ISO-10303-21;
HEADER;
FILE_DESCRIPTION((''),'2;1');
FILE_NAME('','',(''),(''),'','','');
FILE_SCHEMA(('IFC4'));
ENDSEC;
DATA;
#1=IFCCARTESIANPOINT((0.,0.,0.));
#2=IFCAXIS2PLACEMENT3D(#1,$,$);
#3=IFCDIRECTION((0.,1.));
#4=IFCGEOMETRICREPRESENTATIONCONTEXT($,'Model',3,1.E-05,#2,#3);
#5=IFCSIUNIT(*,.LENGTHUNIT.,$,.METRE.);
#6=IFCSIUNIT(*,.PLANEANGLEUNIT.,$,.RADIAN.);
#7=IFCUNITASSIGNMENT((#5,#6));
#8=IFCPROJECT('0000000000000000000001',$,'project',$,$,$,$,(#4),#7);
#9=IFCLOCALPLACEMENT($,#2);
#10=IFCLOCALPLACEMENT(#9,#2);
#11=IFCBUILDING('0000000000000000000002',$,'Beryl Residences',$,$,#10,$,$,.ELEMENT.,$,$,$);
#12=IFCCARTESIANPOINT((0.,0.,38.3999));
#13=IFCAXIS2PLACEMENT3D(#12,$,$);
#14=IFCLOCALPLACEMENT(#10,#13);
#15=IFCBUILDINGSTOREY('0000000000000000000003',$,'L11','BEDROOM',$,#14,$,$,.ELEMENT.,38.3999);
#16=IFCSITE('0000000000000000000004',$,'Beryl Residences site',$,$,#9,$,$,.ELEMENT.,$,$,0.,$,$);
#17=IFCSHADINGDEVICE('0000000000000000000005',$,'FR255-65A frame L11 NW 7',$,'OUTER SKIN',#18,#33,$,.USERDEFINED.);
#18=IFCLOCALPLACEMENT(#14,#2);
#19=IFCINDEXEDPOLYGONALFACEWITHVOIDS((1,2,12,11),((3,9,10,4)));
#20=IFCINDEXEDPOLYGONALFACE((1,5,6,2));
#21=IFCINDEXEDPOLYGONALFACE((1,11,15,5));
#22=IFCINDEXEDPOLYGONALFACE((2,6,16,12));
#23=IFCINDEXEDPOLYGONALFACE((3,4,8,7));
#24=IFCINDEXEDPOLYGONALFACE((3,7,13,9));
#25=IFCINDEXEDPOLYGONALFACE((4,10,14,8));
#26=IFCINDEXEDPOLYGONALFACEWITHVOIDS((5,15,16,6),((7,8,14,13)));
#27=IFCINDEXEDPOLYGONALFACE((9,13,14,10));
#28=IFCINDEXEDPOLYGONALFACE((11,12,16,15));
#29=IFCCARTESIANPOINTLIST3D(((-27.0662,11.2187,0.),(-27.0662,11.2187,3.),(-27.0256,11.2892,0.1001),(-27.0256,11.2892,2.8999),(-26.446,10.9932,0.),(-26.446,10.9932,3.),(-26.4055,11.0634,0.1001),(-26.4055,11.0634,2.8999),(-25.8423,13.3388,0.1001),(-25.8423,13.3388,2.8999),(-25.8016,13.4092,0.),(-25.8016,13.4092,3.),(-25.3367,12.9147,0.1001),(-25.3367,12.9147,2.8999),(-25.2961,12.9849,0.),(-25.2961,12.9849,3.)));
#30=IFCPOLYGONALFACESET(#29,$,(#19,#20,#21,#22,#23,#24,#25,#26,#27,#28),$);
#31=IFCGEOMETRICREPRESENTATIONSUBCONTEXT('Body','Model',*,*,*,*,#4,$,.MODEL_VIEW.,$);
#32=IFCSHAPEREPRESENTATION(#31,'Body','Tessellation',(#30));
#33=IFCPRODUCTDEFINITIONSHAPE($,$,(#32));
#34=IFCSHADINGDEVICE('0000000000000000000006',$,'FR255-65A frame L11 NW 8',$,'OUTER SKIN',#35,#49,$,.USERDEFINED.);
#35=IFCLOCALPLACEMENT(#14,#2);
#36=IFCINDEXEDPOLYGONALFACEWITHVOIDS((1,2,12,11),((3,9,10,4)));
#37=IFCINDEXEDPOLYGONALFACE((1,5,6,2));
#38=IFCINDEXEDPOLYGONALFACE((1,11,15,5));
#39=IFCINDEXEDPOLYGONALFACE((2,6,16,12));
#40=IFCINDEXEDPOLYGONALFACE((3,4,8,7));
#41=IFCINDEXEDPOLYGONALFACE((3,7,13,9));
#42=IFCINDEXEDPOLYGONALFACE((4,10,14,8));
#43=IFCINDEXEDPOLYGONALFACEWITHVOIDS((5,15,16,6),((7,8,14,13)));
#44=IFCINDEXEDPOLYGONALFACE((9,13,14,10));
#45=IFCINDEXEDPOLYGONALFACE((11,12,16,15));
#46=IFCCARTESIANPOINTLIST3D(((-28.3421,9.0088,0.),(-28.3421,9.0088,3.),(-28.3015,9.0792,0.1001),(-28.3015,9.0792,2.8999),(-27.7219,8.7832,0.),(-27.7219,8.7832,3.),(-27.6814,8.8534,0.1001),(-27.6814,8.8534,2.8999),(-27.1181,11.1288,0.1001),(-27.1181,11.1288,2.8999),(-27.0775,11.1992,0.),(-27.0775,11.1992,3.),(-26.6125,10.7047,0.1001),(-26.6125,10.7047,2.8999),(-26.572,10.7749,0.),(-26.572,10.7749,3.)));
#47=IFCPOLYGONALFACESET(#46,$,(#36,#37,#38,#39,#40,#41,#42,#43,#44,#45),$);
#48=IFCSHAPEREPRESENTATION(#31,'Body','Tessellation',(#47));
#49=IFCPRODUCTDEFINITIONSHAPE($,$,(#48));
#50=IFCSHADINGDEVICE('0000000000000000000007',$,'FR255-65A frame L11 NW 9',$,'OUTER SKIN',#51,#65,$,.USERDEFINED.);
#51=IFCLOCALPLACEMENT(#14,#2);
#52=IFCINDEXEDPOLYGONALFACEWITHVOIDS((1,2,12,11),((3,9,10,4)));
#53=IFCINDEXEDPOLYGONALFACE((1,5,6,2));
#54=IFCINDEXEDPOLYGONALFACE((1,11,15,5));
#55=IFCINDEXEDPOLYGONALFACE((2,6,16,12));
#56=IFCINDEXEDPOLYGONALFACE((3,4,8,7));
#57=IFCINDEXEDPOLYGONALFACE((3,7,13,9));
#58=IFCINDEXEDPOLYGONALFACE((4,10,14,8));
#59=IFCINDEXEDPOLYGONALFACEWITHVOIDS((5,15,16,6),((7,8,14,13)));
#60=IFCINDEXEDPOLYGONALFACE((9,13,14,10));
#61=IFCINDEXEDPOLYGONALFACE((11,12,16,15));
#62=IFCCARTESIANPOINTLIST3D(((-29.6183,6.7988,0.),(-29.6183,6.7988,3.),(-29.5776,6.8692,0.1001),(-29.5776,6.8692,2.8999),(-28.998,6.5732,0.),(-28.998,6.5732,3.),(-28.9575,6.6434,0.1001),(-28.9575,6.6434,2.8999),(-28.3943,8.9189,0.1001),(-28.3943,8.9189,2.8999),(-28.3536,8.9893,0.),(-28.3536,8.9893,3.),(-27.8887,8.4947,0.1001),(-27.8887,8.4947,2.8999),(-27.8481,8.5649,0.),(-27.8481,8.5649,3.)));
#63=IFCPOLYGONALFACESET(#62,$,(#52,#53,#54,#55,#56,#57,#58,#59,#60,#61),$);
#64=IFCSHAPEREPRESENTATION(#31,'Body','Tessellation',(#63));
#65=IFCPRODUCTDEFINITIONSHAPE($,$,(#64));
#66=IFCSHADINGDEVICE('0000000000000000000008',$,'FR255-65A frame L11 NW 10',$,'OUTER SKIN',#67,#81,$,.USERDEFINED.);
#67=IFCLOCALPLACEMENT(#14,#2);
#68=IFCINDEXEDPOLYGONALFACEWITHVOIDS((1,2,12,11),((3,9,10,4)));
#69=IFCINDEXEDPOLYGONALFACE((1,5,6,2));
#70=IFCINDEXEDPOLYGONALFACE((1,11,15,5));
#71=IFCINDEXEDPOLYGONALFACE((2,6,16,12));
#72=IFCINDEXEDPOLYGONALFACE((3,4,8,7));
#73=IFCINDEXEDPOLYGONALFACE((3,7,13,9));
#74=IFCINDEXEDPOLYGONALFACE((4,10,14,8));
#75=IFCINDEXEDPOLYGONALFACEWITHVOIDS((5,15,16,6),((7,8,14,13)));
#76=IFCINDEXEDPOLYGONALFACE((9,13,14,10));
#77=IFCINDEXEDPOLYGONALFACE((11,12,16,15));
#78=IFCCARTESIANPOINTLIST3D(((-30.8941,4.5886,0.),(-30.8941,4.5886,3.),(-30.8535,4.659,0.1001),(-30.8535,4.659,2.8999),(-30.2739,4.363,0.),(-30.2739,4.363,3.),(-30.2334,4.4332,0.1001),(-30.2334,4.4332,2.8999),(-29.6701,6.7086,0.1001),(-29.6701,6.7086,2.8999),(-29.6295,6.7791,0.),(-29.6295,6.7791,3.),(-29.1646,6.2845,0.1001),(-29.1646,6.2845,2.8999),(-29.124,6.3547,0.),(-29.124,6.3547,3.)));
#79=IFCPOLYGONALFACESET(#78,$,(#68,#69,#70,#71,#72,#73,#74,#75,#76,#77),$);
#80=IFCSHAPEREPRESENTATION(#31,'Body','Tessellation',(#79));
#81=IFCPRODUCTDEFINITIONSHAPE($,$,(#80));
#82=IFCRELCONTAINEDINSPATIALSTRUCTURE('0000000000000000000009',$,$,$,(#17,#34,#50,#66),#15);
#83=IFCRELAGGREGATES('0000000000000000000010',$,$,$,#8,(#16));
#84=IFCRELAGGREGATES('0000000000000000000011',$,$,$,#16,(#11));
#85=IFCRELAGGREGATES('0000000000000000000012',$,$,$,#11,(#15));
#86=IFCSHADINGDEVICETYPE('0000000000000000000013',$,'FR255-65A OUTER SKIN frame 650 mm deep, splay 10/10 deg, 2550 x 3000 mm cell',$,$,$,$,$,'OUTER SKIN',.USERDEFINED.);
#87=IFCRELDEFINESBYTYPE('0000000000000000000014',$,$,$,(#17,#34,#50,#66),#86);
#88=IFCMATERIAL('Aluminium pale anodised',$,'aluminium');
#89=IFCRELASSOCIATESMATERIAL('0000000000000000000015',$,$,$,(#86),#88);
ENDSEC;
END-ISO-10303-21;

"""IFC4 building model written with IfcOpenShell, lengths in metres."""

from ifc_helpers import new_model, entity, si_unit, direction, frame, origin, place, context, subcontext, project, spatial, source, transform, mapped, material, type_object, type_shapes, element, save


model = new_model("IFC4")

# Units and contexts
model_context = context("Model", 3, precision=1e-05, world=origin(), true_north=direction((0.0, 1.0)))
body_context = subcontext(model_context, "Body", "Model", "MODEL_VIEW")
ifc_project = project(units=[si_unit("LENGTHUNIT", "METRE"), si_unit("PLANEANGLEUNIT", "RADIAN")], contexts=[model_context])

# Site, building, storey
site_placement = place(None, origin())
site = spatial("IfcSite", under=ifc_project, at=site_placement, Name="Beryl Residences site", CompositionType="ELEMENT", RefElevation=0.0)
building_placement = place(site_placement, origin())
building = spatial("IfcBuilding", under=site, at=building_placement, Name="Beryl Residences", CompositionType="ELEMENT")
storey_placement = place(building_placement, frame((0.0, 0.0, 38.3999)))
storey = spatial("IfcBuildingStorey", under=building, at=storey_placement, Name="L11", Description="BEDROOM", CompositionType="ELEMENT", Elevation=38.3999)

# Shading devices
ifc_material_1 = material(Name="Aluminium pale anodised", Category="aluminium")
shading_device_type_1 = type_object("IfcShadingDeviceType", Name="FR255-65A OUTER SKIN frame 650 mm deep, splay 10/10 deg, 2550 x 3000 mm cell", ElementType="OUTER SKIN", PredefinedType="USERDEFINED", material=ifc_material_1)
cartesian_point_1 = entity("IfcCartesianPoint", [-1.1499, 0.0])
cartesian_point_2 = entity("IfcCartesianPoint", [-1.0688, 0.1001])
cartesian_point_3 = entity("IfcCartesianPoint", [-1.2646, 0.0])
cartesian_point_4 = entity("IfcCartesianPoint", [-1.1833, 0.1001])
shared_shape_1 = source(origin(), body_context, "Body", "SweptSolid", [
    entity("IfcExtrudedAreaSolidTapered", entity("IfcArbitraryProfileDefWithVoids", "AREA", None, entity("IfcPolyline", [cartesian_point_1, entity("IfcCartesianPoint", [1.1499, 0.0]), entity("IfcCartesianPoint", [1.1499, 3.0]), entity("IfcCartesianPoint", [-1.1499, 3.0]), cartesian_point_1]), [entity("IfcPolyline", [cartesian_point_2, entity("IfcCartesianPoint", [1.0688, 0.1001]), entity("IfcCartesianPoint", [1.0688, 2.8999]), entity("IfcCartesianPoint", [-1.0688, 2.8999]), cartesian_point_2])]), entity("IfcAxis2Placement3D", entity("IfcCartesianPoint", [0.0, 0.0, 0.0]), entity("IfcDirection", [0.0, 1.0, 0.0]), entity("IfcDirection", [-1.0, 0.0, 0.0])), entity("IfcDirection", [0.0, 0.0, 1.0]), 0.6499, entity("IfcArbitraryProfileDefWithVoids", "AREA", None, entity("IfcPolyline", [cartesian_point_3, entity("IfcCartesianPoint", [1.2646, 0.0]), entity("IfcCartesianPoint", [1.2646, 3.0]), entity("IfcCartesianPoint", [-1.2646, 3.0]), cartesian_point_3]), [entity("IfcPolyline", [cartesian_point_4, entity("IfcCartesianPoint", [1.1833, 0.1001]), entity("IfcCartesianPoint", [1.1833, 2.8999]), entity("IfcCartesianPoint", [-1.1833, 2.8999]), cartesian_point_4])])),
])
type_shapes(shading_device_type_1, [shared_shape_1])
for number, where, z_axis, x_axis, name in (
    (1, (-25.8711, 11.989, 0.0), (0.0, 0.0, 1.0), (0.5, 0.866025, 0.0), "FR255-65A frame L11 NW 7"),
    (2, (-27.147, 9.7791, 0.0), (0.0, 0.0, 1.0), (0.5, 0.866025, 0.0), "FR255-65A frame L11 NW 8"),
    (3, (-28.4231, 7.5691, 0.0), (0.0, 0.0, 1.0), (0.5, 0.866025, 0.0), "FR255-65A frame L11 NW 9"),
    (4, (-29.699, 5.3589, 0.0), (0.0, 0.0, 1.0), (0.5, 0.866025, 0.0), "FR255-65A frame L11 NW 10"),
):
    element("IfcShadingDevice", number, at=place(storey_placement, frame(where, z_axis=z_axis, x_axis=x_axis)), inside=storey, type_object=shading_device_type_1, Name=name, ObjectType="OUTER SKIN", PredefinedType="USERDEFINED", context=body_context, shape_type="MappedRepresentation", body=[
        mapped(shared_shape_1, transform((0.0, 0.0, 0.0))),
    ])

save(model, "model.ifc")
